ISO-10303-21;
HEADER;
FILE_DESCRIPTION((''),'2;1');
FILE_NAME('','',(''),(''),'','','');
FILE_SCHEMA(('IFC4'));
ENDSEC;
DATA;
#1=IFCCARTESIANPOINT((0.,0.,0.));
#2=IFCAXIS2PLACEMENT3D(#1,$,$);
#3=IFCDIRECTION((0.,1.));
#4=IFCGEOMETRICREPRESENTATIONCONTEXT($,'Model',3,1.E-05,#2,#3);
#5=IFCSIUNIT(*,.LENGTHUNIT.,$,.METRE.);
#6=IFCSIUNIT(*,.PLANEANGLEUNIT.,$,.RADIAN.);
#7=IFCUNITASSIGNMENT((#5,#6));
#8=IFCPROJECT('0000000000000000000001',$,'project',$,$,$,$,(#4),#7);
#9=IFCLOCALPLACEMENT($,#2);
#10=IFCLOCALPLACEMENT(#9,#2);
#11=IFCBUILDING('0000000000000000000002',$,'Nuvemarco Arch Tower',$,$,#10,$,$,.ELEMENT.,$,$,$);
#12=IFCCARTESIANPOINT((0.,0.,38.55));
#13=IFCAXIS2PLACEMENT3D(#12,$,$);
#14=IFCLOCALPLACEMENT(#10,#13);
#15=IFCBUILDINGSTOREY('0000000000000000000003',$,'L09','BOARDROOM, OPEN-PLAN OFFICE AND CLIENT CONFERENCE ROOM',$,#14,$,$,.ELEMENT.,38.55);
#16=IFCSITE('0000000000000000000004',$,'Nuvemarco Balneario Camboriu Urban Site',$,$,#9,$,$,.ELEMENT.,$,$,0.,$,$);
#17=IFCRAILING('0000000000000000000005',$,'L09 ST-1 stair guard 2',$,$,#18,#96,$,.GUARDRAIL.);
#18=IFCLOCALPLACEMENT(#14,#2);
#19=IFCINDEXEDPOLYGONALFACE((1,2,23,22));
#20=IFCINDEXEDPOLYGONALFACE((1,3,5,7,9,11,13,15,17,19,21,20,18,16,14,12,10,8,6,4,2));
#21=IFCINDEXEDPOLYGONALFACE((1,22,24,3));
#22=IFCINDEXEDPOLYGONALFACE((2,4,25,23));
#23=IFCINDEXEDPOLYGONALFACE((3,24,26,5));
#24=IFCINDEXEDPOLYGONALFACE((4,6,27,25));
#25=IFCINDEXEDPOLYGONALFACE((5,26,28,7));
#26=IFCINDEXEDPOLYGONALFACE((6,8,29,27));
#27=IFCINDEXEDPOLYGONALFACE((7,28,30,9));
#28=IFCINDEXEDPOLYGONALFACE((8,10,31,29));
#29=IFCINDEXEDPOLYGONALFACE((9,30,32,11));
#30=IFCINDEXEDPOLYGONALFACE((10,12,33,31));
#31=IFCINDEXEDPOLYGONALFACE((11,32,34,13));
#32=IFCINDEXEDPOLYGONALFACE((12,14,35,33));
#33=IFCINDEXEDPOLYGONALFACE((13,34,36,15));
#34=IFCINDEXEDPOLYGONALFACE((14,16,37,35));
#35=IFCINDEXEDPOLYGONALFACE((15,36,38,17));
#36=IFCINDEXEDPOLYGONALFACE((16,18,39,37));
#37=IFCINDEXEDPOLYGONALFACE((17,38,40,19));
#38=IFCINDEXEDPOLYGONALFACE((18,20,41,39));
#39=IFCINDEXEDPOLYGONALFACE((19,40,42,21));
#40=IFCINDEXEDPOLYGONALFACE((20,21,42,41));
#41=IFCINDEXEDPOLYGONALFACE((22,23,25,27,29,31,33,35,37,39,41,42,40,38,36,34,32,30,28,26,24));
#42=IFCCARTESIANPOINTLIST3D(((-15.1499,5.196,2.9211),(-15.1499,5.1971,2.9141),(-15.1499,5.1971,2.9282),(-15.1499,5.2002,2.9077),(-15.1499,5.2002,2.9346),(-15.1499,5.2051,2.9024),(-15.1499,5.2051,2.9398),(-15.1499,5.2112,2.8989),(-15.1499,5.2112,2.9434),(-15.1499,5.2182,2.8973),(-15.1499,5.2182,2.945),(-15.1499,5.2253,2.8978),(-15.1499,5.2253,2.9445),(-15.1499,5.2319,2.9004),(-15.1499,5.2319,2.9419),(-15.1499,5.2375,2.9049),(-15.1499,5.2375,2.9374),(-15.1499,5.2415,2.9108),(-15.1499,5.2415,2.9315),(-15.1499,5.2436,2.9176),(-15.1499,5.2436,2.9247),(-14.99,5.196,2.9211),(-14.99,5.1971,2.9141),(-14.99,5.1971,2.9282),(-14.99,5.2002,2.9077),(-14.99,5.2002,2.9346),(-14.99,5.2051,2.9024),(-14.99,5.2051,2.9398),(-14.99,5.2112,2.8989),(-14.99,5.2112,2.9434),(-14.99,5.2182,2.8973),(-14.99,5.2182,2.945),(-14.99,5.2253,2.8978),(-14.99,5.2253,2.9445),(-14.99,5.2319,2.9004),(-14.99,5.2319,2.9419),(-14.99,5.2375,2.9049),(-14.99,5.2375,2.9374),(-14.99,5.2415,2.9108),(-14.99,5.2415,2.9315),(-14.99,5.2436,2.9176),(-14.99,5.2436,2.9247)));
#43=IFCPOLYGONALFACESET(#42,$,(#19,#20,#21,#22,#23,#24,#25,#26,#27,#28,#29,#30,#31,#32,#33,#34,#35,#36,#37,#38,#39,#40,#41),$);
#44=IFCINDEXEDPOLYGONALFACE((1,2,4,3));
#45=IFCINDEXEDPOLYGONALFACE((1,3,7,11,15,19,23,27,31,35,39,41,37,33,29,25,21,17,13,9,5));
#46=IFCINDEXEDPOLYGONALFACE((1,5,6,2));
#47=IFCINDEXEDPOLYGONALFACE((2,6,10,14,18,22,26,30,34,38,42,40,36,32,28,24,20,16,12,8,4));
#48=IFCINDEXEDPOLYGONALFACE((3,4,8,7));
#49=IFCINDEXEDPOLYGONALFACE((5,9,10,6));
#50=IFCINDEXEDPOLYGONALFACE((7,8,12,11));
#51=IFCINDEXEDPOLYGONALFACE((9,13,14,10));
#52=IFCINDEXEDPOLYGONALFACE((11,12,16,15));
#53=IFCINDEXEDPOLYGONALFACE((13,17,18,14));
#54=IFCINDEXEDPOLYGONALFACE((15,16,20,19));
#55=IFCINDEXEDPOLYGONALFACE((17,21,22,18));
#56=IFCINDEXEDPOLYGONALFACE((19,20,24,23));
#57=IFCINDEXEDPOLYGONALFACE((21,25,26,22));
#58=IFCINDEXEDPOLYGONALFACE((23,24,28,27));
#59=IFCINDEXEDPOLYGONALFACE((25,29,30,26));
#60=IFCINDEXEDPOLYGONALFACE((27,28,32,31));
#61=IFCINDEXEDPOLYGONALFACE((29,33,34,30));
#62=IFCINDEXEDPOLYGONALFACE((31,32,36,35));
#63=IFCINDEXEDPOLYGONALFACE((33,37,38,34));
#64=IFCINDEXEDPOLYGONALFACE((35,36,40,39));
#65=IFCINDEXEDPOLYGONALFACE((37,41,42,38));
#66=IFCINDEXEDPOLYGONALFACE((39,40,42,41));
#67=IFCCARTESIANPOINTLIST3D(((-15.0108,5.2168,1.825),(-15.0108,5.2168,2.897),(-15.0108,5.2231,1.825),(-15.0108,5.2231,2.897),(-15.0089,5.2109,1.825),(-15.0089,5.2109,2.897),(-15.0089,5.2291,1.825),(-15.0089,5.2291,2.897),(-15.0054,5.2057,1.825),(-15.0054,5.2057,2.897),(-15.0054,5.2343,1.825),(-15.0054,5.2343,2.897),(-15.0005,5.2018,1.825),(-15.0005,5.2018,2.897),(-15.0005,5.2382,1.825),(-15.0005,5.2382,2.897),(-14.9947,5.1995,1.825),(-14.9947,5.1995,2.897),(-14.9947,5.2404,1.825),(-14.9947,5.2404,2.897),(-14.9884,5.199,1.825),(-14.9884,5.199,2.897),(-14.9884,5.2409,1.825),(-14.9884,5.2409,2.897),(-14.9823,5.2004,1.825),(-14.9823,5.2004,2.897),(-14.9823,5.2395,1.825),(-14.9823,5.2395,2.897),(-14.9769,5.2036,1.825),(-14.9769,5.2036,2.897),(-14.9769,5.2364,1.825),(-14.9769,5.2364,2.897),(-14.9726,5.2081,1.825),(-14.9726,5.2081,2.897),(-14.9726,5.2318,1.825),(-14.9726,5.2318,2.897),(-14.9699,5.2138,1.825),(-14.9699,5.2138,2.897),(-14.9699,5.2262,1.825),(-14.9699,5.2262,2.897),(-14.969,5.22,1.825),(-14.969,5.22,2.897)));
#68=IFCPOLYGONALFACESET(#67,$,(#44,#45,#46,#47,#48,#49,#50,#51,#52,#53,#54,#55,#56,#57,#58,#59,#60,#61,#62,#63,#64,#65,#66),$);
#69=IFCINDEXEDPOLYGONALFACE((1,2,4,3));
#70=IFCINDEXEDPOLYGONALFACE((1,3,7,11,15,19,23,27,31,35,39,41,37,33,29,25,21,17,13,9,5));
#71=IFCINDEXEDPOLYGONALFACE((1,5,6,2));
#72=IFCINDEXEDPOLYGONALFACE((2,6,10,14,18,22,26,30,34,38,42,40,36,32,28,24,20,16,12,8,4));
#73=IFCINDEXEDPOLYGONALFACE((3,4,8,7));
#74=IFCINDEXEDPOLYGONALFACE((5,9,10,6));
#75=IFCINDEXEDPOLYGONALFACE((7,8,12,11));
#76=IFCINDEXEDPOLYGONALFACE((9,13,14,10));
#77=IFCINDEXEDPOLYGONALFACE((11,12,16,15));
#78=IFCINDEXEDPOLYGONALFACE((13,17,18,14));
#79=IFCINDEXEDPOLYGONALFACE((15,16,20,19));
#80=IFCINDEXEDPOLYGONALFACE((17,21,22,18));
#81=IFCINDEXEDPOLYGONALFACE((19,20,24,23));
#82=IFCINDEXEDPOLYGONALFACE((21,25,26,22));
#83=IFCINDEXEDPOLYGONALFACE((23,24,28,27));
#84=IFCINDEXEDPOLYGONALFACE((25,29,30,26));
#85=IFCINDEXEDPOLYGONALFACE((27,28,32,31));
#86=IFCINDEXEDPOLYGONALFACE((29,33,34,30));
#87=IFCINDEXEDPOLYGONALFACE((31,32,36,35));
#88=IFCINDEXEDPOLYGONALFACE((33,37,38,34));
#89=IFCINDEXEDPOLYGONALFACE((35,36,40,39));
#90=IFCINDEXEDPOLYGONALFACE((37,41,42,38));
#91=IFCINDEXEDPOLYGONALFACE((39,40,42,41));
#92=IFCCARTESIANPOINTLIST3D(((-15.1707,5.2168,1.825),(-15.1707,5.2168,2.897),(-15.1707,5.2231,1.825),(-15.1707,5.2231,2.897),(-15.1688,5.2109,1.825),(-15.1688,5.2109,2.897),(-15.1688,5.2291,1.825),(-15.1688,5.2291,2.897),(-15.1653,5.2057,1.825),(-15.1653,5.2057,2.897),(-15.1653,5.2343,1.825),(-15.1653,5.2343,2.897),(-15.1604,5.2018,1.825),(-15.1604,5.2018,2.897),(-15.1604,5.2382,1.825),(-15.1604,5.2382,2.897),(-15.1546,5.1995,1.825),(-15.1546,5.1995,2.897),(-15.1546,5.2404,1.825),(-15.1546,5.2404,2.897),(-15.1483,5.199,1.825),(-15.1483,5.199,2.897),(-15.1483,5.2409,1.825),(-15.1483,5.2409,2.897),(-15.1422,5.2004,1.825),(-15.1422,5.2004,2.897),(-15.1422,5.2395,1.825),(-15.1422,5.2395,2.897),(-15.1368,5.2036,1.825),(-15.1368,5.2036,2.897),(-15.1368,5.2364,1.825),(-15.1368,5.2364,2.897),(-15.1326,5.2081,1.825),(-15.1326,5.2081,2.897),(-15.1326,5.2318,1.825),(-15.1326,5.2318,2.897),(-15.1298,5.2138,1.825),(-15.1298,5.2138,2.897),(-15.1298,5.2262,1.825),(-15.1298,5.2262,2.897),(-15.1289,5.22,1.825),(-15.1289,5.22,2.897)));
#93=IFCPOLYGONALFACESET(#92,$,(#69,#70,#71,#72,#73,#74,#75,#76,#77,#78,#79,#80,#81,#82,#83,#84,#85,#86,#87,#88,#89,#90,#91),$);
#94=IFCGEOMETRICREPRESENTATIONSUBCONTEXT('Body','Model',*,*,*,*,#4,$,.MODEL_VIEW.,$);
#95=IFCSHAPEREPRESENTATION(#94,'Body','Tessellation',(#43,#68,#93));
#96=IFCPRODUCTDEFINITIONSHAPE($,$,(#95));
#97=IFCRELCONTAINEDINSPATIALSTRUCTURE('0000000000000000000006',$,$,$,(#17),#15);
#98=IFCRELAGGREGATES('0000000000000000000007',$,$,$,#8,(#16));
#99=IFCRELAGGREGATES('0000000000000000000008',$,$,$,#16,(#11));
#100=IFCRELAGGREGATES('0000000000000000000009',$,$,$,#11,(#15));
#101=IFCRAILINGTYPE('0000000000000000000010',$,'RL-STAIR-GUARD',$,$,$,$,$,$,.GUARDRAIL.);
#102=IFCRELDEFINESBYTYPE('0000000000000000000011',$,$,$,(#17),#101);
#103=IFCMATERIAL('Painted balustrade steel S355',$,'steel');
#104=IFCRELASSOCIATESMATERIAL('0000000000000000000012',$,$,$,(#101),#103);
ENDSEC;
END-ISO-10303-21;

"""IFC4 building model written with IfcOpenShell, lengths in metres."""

from ifc_helpers import new_model, si_unit, direction, frame, origin, origin_2d, place, context, subcontext, project, spatial, circle, extrude, material, type_object, element, save


model = new_model("IFC4")

# Units and contexts
model_context = context("Model", 3, precision=1e-05, world=origin(), true_north=direction((0.0, 1.0)))
body_context = subcontext(model_context, "Body", "Model", "MODEL_VIEW")
ifc_project = project(units=[si_unit("LENGTHUNIT", "METRE"), si_unit("PLANEANGLEUNIT", "RADIAN")], contexts=[model_context])

# Site, building, storey
site_placement = place(None, origin())
site = spatial("IfcSite", under=ifc_project, at=site_placement, Name="Nuvemarco Balneario Camboriu Urban Site", CompositionType="ELEMENT", RefElevation=0.0)
building_placement = place(site_placement, origin())
building = spatial("IfcBuilding", under=site, at=building_placement, Name="Nuvemarco Arch Tower", CompositionType="ELEMENT")
storey_placement = place(building_placement, frame((0.0, 0.0, 38.55)))
storey = spatial("IfcBuildingStorey", under=building, at=storey_placement, Name="L09", Description="BOARDROOM, OPEN-PLAN OFFICE AND CLIENT CONFERENCE ROOM", CompositionType="ELEMENT", Elevation=38.55)

# Railing
ifc_material_1 = material(Name="Painted balustrade steel S355", Category="steel")
railing_type_1 = type_object("IfcRailingType", Name="RL-STAIR-GUARD", PredefinedType="GUARDRAIL", material=ifc_material_1)
railing_1_placement = place(storey_placement, frame((-14.99, 5.22, 1.825)))
element("IfcRailing", 1, at=railing_1_placement, inside=storey, type_object=railing_type_1, Name="L09 ST-1 stair guard 2", PredefinedType="GUARDRAIL", context=body_context, shape_type="SweptSolid", body=[
    extrude(circle(Radius=0.0239, at=origin_2d()), frame((0.0, 0.0, 1.0962), z_axis=(-1.0, 0.0, 0.0), x_axis=(0.0, -1.0, 0.0)), (0.0, 0.0, 1.0), 0.1599),
    extrude(circle(Radius=0.021, at=origin_2d()), origin(), (0.0, 0.0, 1.0), 1.072),
    extrude(circle(Radius=0.021, at=origin_2d()), frame((-0.1599, 0.0, 0.0)), (0.0, 0.0, 1.0), 1.072),
])

save(model, "model.ifc")
